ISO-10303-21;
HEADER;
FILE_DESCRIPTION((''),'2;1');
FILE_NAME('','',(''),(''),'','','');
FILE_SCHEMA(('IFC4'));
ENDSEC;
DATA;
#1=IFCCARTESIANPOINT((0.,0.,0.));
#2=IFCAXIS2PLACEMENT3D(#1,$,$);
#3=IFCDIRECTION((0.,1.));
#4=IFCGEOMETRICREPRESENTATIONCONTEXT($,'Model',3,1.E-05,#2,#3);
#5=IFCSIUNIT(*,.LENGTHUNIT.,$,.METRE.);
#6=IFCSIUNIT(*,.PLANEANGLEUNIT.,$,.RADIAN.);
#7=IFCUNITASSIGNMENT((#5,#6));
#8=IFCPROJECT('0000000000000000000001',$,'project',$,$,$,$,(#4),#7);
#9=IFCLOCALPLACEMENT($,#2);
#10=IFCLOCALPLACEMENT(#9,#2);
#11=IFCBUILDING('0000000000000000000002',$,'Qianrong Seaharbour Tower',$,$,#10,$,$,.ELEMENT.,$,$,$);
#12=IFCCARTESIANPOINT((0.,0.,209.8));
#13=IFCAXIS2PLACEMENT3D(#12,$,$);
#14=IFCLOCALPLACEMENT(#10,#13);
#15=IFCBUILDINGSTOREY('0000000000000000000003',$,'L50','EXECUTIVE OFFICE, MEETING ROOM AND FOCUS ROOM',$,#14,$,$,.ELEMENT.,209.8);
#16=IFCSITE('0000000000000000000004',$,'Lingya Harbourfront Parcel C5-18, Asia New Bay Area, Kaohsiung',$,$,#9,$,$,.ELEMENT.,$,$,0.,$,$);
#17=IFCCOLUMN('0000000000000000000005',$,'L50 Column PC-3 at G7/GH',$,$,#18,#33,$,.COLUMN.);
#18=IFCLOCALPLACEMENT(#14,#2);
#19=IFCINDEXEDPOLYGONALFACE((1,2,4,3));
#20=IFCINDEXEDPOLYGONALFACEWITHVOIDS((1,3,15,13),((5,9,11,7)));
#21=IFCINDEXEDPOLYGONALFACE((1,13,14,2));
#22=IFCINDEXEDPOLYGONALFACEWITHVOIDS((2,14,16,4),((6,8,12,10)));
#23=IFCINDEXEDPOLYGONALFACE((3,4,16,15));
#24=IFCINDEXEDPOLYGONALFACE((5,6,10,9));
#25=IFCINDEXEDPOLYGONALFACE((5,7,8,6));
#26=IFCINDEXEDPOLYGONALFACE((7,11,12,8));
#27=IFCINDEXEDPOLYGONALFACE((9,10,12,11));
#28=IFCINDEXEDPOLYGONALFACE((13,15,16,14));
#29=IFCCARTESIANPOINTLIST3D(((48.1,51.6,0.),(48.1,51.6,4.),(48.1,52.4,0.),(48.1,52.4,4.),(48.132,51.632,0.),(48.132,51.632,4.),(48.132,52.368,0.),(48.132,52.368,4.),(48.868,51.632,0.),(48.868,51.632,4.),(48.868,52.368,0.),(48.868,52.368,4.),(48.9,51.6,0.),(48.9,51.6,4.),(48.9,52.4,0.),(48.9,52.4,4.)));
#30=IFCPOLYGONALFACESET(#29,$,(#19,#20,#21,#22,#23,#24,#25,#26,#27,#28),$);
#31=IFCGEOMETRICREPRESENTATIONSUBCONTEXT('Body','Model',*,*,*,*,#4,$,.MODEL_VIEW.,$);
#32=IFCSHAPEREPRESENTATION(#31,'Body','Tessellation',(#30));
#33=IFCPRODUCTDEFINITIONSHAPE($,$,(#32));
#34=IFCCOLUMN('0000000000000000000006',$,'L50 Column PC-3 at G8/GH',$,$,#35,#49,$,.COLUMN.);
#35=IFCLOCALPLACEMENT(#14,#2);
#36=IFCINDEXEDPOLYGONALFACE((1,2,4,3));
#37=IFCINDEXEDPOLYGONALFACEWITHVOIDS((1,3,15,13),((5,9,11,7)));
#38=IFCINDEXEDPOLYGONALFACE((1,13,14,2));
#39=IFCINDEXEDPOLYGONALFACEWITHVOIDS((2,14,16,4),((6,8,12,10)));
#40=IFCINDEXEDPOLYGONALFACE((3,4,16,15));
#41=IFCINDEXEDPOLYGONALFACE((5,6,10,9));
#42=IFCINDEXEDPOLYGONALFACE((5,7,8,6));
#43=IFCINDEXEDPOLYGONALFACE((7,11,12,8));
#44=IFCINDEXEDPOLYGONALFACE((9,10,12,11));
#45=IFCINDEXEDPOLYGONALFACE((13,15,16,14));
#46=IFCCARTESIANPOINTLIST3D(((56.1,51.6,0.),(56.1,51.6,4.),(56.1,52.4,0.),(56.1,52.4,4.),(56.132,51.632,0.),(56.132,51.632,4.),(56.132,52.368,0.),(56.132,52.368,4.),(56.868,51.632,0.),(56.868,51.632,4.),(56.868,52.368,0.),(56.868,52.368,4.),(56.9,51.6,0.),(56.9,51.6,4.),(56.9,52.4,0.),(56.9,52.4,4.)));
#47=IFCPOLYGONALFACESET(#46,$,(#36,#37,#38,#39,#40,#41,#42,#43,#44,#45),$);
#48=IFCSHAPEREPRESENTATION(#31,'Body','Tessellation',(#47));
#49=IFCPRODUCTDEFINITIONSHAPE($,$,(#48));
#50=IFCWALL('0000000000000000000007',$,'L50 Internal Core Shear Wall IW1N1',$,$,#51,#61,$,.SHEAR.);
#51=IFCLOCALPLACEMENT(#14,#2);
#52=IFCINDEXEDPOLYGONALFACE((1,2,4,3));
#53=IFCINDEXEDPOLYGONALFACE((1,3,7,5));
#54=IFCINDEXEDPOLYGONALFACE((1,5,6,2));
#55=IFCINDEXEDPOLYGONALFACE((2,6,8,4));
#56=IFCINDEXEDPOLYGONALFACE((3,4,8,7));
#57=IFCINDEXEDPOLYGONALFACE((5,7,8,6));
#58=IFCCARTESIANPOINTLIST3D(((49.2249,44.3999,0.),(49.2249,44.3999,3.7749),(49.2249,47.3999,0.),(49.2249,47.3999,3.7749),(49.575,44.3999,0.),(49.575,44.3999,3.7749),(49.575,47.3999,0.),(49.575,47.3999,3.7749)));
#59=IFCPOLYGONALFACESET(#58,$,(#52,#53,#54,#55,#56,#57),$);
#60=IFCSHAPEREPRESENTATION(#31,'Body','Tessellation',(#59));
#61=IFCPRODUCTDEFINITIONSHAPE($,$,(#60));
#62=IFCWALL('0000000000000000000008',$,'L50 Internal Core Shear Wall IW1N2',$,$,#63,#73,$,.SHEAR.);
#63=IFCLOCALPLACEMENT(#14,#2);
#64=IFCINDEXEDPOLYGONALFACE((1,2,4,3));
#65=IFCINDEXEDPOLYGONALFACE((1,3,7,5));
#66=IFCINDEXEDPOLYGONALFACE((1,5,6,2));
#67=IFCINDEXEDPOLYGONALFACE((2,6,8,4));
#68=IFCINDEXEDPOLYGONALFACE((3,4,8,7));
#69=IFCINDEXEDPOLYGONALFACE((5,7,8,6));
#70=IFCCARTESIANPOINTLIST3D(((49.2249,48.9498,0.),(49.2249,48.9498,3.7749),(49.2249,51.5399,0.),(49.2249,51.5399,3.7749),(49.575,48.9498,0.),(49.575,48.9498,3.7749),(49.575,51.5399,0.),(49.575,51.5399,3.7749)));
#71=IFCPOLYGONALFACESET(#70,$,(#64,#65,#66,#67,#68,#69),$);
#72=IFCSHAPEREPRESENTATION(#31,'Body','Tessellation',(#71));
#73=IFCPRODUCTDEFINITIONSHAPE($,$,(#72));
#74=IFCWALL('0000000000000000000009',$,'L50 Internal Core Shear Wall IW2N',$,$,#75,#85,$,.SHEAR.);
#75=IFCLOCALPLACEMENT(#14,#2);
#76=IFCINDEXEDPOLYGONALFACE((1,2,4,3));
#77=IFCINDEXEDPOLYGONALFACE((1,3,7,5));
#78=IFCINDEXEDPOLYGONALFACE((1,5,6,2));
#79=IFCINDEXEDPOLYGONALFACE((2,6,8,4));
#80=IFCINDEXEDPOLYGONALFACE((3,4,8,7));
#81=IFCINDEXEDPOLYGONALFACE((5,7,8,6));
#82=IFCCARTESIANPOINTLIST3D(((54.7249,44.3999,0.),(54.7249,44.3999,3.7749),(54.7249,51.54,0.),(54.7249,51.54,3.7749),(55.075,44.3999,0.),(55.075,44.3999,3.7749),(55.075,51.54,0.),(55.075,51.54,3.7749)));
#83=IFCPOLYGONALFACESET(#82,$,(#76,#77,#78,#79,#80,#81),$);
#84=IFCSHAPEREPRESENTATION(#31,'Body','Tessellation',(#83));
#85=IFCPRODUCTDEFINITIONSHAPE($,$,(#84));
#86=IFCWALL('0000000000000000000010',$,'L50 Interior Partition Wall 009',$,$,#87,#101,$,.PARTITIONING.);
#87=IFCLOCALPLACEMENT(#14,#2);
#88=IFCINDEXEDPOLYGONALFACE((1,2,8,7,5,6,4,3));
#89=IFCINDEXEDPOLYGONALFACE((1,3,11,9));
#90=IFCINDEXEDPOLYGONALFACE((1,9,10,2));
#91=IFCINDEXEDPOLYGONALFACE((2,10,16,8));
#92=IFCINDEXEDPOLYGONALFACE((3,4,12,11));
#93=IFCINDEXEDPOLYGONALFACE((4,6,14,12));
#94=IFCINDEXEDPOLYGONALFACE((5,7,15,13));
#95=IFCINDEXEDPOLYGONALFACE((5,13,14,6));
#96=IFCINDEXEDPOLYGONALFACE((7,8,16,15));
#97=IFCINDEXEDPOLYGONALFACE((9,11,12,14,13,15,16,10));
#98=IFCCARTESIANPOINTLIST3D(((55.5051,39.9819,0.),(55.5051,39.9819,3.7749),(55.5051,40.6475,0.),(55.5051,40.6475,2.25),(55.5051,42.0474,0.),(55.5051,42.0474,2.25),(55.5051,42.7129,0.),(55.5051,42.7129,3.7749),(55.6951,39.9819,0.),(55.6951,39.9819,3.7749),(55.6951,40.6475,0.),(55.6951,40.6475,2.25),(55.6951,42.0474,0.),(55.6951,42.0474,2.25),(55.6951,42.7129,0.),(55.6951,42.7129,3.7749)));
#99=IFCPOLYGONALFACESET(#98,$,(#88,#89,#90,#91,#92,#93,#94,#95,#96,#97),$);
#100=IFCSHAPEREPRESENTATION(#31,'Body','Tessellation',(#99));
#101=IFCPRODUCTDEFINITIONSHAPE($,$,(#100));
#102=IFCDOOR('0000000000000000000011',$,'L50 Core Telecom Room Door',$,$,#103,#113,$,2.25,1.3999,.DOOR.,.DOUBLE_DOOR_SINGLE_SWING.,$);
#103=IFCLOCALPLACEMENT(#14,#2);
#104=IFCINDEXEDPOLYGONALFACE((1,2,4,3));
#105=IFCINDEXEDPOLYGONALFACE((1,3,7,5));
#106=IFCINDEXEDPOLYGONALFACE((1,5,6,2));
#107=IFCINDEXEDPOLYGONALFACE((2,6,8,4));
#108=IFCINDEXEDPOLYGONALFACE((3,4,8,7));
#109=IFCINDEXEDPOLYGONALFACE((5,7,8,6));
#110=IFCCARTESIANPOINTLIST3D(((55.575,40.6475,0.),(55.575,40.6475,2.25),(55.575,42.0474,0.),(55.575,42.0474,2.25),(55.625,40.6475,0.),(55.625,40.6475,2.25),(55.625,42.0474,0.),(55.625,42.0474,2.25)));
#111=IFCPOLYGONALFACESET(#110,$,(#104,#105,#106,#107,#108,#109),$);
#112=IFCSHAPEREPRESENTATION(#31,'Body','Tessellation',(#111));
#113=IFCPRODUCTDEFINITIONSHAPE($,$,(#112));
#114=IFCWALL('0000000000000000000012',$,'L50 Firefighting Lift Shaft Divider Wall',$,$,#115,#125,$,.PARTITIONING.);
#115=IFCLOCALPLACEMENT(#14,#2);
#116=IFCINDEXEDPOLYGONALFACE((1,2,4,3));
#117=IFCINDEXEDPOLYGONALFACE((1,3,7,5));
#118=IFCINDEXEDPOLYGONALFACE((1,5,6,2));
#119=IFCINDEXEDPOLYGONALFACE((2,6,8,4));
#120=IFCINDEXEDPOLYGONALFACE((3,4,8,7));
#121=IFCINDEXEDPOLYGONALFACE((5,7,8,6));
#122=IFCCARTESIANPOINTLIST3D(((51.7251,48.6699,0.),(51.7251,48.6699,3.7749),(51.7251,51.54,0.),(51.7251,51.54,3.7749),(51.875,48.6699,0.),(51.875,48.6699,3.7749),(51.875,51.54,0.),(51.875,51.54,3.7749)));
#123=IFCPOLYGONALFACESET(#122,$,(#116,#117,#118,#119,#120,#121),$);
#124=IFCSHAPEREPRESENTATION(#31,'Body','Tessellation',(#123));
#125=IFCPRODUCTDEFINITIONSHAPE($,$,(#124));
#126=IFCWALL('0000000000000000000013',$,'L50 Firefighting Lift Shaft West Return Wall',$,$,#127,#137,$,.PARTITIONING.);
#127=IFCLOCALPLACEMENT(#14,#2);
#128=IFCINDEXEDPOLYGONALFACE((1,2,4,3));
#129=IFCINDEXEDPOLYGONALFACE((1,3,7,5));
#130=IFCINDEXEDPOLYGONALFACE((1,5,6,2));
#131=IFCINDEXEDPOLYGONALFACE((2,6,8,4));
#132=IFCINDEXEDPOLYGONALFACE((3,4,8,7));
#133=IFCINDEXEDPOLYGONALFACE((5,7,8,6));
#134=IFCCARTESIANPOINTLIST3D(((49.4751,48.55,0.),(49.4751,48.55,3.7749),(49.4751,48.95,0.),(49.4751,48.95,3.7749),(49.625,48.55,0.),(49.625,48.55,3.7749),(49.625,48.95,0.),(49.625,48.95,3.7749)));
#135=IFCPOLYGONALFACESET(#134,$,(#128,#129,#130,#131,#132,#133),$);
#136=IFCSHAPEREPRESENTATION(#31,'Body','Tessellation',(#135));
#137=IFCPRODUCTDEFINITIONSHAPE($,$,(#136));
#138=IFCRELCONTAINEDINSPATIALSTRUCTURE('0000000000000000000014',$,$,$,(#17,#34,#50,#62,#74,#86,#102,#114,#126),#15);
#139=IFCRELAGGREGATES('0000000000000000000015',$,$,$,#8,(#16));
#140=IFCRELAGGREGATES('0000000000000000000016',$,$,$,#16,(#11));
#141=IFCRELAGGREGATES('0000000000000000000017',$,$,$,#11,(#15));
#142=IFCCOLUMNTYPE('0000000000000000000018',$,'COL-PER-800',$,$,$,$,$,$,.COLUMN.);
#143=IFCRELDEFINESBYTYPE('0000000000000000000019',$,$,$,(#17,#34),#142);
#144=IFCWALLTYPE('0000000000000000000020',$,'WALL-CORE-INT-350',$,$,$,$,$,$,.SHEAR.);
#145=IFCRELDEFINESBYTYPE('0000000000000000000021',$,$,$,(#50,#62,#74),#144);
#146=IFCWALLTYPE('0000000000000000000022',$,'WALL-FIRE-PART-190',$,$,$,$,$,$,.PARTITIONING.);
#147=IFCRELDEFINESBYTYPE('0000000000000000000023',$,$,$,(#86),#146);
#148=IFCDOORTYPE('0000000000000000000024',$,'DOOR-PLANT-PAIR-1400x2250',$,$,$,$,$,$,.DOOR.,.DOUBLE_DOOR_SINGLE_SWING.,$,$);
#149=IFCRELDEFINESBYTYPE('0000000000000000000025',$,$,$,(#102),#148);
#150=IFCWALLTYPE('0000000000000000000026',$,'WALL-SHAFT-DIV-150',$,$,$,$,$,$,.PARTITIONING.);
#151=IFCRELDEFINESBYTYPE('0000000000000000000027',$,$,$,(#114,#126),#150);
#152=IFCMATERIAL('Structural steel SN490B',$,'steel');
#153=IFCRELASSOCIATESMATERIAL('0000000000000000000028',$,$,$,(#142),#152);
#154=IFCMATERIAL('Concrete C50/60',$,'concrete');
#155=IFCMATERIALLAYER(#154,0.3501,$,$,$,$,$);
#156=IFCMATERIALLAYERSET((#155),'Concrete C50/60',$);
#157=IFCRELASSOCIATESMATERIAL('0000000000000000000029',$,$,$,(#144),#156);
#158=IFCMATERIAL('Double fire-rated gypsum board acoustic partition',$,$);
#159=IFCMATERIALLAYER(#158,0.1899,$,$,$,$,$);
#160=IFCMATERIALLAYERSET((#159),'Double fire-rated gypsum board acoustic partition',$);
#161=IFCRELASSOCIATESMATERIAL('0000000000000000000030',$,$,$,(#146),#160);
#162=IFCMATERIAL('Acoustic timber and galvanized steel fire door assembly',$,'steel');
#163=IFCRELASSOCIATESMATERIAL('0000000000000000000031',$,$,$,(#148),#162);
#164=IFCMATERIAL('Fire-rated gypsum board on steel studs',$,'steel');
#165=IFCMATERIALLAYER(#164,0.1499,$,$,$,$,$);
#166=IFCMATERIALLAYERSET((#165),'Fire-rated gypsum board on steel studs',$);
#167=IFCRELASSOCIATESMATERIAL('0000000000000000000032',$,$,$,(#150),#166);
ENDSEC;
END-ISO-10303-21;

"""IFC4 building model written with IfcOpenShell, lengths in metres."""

from ifc_helpers import new_model, si_unit, direction, frame, frame_2d, origin, origin_2d, place, context, subcontext, project, spatial, rectangle, hollow_rectangle, extrude, material, layer, layer_set, material_profile, profile_set, type_object, element, fill, save


model = new_model("IFC4")

# Units and contexts
model_context = context("Model", 3, precision=1e-05, world=origin(), true_north=direction((0.0, 1.0)))
body_context = subcontext(model_context, "Body", "Model", "MODEL_VIEW")
ifc_project = project(units=[si_unit("LENGTHUNIT", "METRE"), si_unit("PLANEANGLEUNIT", "RADIAN")], contexts=[model_context])

# Site, building, storey
site_placement = place(None, origin())
site = spatial("IfcSite", under=ifc_project, at=site_placement, Name="Lingya Harbourfront Parcel C5-18, Asia New Bay Area, Kaohsiung", CompositionType="ELEMENT", RefElevation=0.0)
building_placement = place(site_placement, origin())
building = spatial("IfcBuilding", under=site, at=building_placement, Name="Qianrong Seaharbour Tower", CompositionType="ELEMENT")
storey_placement = place(building_placement, frame((0.0, 0.0, 209.8)))
storey = spatial("IfcBuildingStorey", under=building, at=storey_placement, Name="L50", Description="EXECUTIVE OFFICE, MEETING ROOM AND FOCUS ROOM", CompositionType="ELEMENT", Elevation=209.8)

# Columns
ifc_material_1 = material(Name="Structural steel SN490B", Category="steel")
ifc_material_profile = material_profile(ifc_material_1, hollow_rectangle(XDim=0.8, YDim=0.8, WallThickness=0.032, at=origin_2d()), Name="BOX800x800x32")
ifc_profile_set = profile_set([ifc_material_profile], Name="Structural steel SN490B")
column_type = type_object("IfcColumnType", Name="COL-PER-800", PredefinedType="COLUMN", material=ifc_profile_set)
for number, where, z_axis, x_axis, name in (
    (1, (48.5, 52.0, 0.0), (0.0, 0.0, 1.0), (1.0, 0.0, 0.0), "L50 Column PC-3 at G7/GH"),
    (2, (56.5, 52.0, 0.0), (0.0, 0.0, 1.0), (1.0, 0.0, 0.0), "L50 Column PC-3 at G8/GH"),
):
    element("IfcColumn", number, at=place(storey_placement, frame(where, z_axis=z_axis, x_axis=x_axis)), inside=storey, type_object=column_type, Name=name, PredefinedType="COLUMN", context=body_context, shape_type="SweptSolid", body=[
        extrude(hollow_rectangle(XDim=0.8, YDim=0.8, WallThickness=0.032, at=origin_2d()), origin(), (0.0, 0.0, 1.0), 4.0),
    ])

# Walls
ifc_material_2 = material(Name="Concrete C50/60", Category="concrete")
ifc_layer_1 = layer(ifc_material_2, 0.3501)
ifc_layer_set_1 = layer_set([ifc_layer_1], Name="Concrete C50/60")
wall_type_1 = type_object("IfcWallType", Name="WALL-CORE-INT-350", PredefinedType="SHEAR", material=ifc_layer_set_1)
wall_1_placement = place(storey_placement, frame((49.3999, 44.3999, 0.0), z_axis=(0.0, 0.0, 1.0), x_axis=(0.0, 1.0, 0.0)))
element("IfcWall", 3, at=wall_1_placement, inside=storey, type_object=wall_type_1, Name="L50 Internal Core Shear Wall IW1N1", PredefinedType="SHEAR", context=body_context, shape_type="SweptSolid", body=[
    extrude(rectangle(XDim=3.0, YDim=0.3501, at=frame_2d((1.5, 0.0))), origin(), (0.0, 0.0, 1.0), 3.7749),
])
wall_2_placement = place(storey_placement, frame((49.3999, 48.95, 0.0), z_axis=(0.0, 0.0, 1.0), x_axis=(0.0, 1.0, 0.0)))
element("IfcWall", 4, at=wall_2_placement, inside=storey, type_object=wall_type_1, Name="L50 Internal Core Shear Wall IW1N2", PredefinedType="SHEAR", context=body_context, shape_type="SweptSolid", body=[
    extrude(rectangle(XDim=2.5901, YDim=0.3501, at=frame_2d((1.2949, 0.0))), origin(), (0.0, 0.0, 1.0), 3.7749),
])
wall_3_placement = place(storey_placement, frame((54.8999, 44.3999, 0.0), z_axis=(0.0, 0.0, 1.0), x_axis=(0.0, 1.0, 0.0)))
element("IfcWall", 5, at=wall_3_placement, inside=storey, type_object=wall_type_1, Name="L50 Internal Core Shear Wall IW2N", PredefinedType="SHEAR", context=body_context, shape_type="SweptSolid", body=[
    extrude(rectangle(XDim=7.1401, YDim=0.3501, at=frame_2d((3.5701, 0.0))), origin(), (0.0, 0.0, 1.0), 3.7749),
])

# Wall, opening, door
ifc_material_3 = material(Name="Acoustic timber and galvanized steel fire door assembly", Category="steel")
ifc_material_4 = material(Name="Double fire-rated gypsum board acoustic partition")
ifc_layer_2 = layer(ifc_material_4, 0.1899)
ifc_layer_set_2 = layer_set([ifc_layer_2], Name="Double fire-rated gypsum board acoustic partition")
wall_type_2 = type_object("IfcWallType", Name="WALL-FIRE-PART-190", PredefinedType="PARTITIONING", material=ifc_layer_set_2)
wall_4_placement = place(storey_placement, frame((55.6001, 42.7129, 0.0), z_axis=(0.0, 0.0, 1.0), x_axis=(0.0, -1.0, 0.0)))
wall_4 = element("IfcWall", 6, at=wall_4_placement, inside=storey, type_object=wall_type_2, Name="L50 Interior Partition Wall 009", PredefinedType="PARTITIONING", context=body_context, shape_type="SweptSolid", body=[
    extrude(rectangle(XDim=2.731, YDim=0.1899, at=frame_2d((1.3655, 0.0))), origin(), (0.0, 0.0, 1.0), 3.7749),
])
opening_1_placement = place(wall_4_placement, frame((0.6655, 0.0, 0.0)))
opening_1 = element("IfcOpeningElement", 7, at=opening_1_placement, cuts=wall_4, PredefinedType="OPENING", context=body_context, shape_type="SweptSolid", body=[
    extrude(rectangle(XDim=1.3999, YDim=2.25, at=frame_2d((0.7, 1.125))), frame((0.0, 0.105, 0.0), z_axis=(0.0, -1.0, 0.0), x_axis=(1.0, 0.0, 0.0)), (0.0, 0.0, 1.0), 0.21),
])
door_type_1 = type_object("IfcDoorType", Name="DOOR-PLANT-PAIR-1400x2250", OperationType="DOUBLE_DOOR_SINGLE_SWING", PredefinedType="DOOR", material=ifc_material_3)
door_1_placement = place(opening_1_placement, origin())
door_1 = element("IfcDoor", 8, at=door_1_placement, inside=storey, type_object=door_type_1, Name="L50 Core Telecom Room Door", OperationType="DOUBLE_DOOR_SINGLE_SWING", OverallHeight=2.25, OverallWidth=1.3999, PredefinedType="DOOR", context=body_context, shape_type="SweptSolid", body=[
    extrude(rectangle(XDim=1.3999, YDim=2.25, at=frame_2d((0.7, 1.125))), frame((0.0, 0.0249, 0.0), z_axis=(0.0, -1.0, 0.0), x_axis=(1.0, 0.0, 0.0)), (0.0, 0.0, 1.0), 0.05),
])
fill(opening_1, door_1)

# Walls
ifc_material_5 = material(Name="Fire-rated gypsum board on steel studs", Category="steel")
ifc_layer_3 = layer(ifc_material_5, 0.1499)
ifc_layer_set_3 = layer_set([ifc_layer_3], Name="Fire-rated gypsum board on steel studs")
wall_type_3 = type_object("IfcWallType", Name="WALL-SHAFT-DIV-150", PredefinedType="PARTITIONING", material=ifc_layer_set_3)
wall_5_placement = place(storey_placement, frame((51.8, 48.6699, 0.0), z_axis=(0.0, 0.0, 1.0), x_axis=(0.0, 1.0, 0.0)))
element("IfcWall", 9, at=wall_5_placement, inside=storey, type_object=wall_type_3, Name="L50 Firefighting Lift Shaft Divider Wall", PredefinedType="PARTITIONING", context=body_context, shape_type="SweptSolid", body=[
    extrude(rectangle(XDim=2.8701, YDim=0.1499, at=frame_2d((1.4351, 0.0))), origin(), (0.0, 0.0, 1.0), 3.7749),
])
wall_6_placement = place(storey_placement, frame((49.55, 48.55, 0.0), z_axis=(0.0, 0.0, 1.0), x_axis=(0.0, 1.0, 0.0)))
element("IfcWall", 10, at=wall_6_placement, inside=storey, type_object=wall_type_3, Name="L50 Firefighting Lift Shaft West Return Wall", PredefinedType="PARTITIONING", context=body_context, shape_type="SweptSolid", body=[
    extrude(rectangle(XDim=0.3999, YDim=0.1499, at=frame_2d((0.2, 0.0))), origin(), (0.0, 0.0, 1.0), 3.7749),
])

save(model, "model.ifc")
